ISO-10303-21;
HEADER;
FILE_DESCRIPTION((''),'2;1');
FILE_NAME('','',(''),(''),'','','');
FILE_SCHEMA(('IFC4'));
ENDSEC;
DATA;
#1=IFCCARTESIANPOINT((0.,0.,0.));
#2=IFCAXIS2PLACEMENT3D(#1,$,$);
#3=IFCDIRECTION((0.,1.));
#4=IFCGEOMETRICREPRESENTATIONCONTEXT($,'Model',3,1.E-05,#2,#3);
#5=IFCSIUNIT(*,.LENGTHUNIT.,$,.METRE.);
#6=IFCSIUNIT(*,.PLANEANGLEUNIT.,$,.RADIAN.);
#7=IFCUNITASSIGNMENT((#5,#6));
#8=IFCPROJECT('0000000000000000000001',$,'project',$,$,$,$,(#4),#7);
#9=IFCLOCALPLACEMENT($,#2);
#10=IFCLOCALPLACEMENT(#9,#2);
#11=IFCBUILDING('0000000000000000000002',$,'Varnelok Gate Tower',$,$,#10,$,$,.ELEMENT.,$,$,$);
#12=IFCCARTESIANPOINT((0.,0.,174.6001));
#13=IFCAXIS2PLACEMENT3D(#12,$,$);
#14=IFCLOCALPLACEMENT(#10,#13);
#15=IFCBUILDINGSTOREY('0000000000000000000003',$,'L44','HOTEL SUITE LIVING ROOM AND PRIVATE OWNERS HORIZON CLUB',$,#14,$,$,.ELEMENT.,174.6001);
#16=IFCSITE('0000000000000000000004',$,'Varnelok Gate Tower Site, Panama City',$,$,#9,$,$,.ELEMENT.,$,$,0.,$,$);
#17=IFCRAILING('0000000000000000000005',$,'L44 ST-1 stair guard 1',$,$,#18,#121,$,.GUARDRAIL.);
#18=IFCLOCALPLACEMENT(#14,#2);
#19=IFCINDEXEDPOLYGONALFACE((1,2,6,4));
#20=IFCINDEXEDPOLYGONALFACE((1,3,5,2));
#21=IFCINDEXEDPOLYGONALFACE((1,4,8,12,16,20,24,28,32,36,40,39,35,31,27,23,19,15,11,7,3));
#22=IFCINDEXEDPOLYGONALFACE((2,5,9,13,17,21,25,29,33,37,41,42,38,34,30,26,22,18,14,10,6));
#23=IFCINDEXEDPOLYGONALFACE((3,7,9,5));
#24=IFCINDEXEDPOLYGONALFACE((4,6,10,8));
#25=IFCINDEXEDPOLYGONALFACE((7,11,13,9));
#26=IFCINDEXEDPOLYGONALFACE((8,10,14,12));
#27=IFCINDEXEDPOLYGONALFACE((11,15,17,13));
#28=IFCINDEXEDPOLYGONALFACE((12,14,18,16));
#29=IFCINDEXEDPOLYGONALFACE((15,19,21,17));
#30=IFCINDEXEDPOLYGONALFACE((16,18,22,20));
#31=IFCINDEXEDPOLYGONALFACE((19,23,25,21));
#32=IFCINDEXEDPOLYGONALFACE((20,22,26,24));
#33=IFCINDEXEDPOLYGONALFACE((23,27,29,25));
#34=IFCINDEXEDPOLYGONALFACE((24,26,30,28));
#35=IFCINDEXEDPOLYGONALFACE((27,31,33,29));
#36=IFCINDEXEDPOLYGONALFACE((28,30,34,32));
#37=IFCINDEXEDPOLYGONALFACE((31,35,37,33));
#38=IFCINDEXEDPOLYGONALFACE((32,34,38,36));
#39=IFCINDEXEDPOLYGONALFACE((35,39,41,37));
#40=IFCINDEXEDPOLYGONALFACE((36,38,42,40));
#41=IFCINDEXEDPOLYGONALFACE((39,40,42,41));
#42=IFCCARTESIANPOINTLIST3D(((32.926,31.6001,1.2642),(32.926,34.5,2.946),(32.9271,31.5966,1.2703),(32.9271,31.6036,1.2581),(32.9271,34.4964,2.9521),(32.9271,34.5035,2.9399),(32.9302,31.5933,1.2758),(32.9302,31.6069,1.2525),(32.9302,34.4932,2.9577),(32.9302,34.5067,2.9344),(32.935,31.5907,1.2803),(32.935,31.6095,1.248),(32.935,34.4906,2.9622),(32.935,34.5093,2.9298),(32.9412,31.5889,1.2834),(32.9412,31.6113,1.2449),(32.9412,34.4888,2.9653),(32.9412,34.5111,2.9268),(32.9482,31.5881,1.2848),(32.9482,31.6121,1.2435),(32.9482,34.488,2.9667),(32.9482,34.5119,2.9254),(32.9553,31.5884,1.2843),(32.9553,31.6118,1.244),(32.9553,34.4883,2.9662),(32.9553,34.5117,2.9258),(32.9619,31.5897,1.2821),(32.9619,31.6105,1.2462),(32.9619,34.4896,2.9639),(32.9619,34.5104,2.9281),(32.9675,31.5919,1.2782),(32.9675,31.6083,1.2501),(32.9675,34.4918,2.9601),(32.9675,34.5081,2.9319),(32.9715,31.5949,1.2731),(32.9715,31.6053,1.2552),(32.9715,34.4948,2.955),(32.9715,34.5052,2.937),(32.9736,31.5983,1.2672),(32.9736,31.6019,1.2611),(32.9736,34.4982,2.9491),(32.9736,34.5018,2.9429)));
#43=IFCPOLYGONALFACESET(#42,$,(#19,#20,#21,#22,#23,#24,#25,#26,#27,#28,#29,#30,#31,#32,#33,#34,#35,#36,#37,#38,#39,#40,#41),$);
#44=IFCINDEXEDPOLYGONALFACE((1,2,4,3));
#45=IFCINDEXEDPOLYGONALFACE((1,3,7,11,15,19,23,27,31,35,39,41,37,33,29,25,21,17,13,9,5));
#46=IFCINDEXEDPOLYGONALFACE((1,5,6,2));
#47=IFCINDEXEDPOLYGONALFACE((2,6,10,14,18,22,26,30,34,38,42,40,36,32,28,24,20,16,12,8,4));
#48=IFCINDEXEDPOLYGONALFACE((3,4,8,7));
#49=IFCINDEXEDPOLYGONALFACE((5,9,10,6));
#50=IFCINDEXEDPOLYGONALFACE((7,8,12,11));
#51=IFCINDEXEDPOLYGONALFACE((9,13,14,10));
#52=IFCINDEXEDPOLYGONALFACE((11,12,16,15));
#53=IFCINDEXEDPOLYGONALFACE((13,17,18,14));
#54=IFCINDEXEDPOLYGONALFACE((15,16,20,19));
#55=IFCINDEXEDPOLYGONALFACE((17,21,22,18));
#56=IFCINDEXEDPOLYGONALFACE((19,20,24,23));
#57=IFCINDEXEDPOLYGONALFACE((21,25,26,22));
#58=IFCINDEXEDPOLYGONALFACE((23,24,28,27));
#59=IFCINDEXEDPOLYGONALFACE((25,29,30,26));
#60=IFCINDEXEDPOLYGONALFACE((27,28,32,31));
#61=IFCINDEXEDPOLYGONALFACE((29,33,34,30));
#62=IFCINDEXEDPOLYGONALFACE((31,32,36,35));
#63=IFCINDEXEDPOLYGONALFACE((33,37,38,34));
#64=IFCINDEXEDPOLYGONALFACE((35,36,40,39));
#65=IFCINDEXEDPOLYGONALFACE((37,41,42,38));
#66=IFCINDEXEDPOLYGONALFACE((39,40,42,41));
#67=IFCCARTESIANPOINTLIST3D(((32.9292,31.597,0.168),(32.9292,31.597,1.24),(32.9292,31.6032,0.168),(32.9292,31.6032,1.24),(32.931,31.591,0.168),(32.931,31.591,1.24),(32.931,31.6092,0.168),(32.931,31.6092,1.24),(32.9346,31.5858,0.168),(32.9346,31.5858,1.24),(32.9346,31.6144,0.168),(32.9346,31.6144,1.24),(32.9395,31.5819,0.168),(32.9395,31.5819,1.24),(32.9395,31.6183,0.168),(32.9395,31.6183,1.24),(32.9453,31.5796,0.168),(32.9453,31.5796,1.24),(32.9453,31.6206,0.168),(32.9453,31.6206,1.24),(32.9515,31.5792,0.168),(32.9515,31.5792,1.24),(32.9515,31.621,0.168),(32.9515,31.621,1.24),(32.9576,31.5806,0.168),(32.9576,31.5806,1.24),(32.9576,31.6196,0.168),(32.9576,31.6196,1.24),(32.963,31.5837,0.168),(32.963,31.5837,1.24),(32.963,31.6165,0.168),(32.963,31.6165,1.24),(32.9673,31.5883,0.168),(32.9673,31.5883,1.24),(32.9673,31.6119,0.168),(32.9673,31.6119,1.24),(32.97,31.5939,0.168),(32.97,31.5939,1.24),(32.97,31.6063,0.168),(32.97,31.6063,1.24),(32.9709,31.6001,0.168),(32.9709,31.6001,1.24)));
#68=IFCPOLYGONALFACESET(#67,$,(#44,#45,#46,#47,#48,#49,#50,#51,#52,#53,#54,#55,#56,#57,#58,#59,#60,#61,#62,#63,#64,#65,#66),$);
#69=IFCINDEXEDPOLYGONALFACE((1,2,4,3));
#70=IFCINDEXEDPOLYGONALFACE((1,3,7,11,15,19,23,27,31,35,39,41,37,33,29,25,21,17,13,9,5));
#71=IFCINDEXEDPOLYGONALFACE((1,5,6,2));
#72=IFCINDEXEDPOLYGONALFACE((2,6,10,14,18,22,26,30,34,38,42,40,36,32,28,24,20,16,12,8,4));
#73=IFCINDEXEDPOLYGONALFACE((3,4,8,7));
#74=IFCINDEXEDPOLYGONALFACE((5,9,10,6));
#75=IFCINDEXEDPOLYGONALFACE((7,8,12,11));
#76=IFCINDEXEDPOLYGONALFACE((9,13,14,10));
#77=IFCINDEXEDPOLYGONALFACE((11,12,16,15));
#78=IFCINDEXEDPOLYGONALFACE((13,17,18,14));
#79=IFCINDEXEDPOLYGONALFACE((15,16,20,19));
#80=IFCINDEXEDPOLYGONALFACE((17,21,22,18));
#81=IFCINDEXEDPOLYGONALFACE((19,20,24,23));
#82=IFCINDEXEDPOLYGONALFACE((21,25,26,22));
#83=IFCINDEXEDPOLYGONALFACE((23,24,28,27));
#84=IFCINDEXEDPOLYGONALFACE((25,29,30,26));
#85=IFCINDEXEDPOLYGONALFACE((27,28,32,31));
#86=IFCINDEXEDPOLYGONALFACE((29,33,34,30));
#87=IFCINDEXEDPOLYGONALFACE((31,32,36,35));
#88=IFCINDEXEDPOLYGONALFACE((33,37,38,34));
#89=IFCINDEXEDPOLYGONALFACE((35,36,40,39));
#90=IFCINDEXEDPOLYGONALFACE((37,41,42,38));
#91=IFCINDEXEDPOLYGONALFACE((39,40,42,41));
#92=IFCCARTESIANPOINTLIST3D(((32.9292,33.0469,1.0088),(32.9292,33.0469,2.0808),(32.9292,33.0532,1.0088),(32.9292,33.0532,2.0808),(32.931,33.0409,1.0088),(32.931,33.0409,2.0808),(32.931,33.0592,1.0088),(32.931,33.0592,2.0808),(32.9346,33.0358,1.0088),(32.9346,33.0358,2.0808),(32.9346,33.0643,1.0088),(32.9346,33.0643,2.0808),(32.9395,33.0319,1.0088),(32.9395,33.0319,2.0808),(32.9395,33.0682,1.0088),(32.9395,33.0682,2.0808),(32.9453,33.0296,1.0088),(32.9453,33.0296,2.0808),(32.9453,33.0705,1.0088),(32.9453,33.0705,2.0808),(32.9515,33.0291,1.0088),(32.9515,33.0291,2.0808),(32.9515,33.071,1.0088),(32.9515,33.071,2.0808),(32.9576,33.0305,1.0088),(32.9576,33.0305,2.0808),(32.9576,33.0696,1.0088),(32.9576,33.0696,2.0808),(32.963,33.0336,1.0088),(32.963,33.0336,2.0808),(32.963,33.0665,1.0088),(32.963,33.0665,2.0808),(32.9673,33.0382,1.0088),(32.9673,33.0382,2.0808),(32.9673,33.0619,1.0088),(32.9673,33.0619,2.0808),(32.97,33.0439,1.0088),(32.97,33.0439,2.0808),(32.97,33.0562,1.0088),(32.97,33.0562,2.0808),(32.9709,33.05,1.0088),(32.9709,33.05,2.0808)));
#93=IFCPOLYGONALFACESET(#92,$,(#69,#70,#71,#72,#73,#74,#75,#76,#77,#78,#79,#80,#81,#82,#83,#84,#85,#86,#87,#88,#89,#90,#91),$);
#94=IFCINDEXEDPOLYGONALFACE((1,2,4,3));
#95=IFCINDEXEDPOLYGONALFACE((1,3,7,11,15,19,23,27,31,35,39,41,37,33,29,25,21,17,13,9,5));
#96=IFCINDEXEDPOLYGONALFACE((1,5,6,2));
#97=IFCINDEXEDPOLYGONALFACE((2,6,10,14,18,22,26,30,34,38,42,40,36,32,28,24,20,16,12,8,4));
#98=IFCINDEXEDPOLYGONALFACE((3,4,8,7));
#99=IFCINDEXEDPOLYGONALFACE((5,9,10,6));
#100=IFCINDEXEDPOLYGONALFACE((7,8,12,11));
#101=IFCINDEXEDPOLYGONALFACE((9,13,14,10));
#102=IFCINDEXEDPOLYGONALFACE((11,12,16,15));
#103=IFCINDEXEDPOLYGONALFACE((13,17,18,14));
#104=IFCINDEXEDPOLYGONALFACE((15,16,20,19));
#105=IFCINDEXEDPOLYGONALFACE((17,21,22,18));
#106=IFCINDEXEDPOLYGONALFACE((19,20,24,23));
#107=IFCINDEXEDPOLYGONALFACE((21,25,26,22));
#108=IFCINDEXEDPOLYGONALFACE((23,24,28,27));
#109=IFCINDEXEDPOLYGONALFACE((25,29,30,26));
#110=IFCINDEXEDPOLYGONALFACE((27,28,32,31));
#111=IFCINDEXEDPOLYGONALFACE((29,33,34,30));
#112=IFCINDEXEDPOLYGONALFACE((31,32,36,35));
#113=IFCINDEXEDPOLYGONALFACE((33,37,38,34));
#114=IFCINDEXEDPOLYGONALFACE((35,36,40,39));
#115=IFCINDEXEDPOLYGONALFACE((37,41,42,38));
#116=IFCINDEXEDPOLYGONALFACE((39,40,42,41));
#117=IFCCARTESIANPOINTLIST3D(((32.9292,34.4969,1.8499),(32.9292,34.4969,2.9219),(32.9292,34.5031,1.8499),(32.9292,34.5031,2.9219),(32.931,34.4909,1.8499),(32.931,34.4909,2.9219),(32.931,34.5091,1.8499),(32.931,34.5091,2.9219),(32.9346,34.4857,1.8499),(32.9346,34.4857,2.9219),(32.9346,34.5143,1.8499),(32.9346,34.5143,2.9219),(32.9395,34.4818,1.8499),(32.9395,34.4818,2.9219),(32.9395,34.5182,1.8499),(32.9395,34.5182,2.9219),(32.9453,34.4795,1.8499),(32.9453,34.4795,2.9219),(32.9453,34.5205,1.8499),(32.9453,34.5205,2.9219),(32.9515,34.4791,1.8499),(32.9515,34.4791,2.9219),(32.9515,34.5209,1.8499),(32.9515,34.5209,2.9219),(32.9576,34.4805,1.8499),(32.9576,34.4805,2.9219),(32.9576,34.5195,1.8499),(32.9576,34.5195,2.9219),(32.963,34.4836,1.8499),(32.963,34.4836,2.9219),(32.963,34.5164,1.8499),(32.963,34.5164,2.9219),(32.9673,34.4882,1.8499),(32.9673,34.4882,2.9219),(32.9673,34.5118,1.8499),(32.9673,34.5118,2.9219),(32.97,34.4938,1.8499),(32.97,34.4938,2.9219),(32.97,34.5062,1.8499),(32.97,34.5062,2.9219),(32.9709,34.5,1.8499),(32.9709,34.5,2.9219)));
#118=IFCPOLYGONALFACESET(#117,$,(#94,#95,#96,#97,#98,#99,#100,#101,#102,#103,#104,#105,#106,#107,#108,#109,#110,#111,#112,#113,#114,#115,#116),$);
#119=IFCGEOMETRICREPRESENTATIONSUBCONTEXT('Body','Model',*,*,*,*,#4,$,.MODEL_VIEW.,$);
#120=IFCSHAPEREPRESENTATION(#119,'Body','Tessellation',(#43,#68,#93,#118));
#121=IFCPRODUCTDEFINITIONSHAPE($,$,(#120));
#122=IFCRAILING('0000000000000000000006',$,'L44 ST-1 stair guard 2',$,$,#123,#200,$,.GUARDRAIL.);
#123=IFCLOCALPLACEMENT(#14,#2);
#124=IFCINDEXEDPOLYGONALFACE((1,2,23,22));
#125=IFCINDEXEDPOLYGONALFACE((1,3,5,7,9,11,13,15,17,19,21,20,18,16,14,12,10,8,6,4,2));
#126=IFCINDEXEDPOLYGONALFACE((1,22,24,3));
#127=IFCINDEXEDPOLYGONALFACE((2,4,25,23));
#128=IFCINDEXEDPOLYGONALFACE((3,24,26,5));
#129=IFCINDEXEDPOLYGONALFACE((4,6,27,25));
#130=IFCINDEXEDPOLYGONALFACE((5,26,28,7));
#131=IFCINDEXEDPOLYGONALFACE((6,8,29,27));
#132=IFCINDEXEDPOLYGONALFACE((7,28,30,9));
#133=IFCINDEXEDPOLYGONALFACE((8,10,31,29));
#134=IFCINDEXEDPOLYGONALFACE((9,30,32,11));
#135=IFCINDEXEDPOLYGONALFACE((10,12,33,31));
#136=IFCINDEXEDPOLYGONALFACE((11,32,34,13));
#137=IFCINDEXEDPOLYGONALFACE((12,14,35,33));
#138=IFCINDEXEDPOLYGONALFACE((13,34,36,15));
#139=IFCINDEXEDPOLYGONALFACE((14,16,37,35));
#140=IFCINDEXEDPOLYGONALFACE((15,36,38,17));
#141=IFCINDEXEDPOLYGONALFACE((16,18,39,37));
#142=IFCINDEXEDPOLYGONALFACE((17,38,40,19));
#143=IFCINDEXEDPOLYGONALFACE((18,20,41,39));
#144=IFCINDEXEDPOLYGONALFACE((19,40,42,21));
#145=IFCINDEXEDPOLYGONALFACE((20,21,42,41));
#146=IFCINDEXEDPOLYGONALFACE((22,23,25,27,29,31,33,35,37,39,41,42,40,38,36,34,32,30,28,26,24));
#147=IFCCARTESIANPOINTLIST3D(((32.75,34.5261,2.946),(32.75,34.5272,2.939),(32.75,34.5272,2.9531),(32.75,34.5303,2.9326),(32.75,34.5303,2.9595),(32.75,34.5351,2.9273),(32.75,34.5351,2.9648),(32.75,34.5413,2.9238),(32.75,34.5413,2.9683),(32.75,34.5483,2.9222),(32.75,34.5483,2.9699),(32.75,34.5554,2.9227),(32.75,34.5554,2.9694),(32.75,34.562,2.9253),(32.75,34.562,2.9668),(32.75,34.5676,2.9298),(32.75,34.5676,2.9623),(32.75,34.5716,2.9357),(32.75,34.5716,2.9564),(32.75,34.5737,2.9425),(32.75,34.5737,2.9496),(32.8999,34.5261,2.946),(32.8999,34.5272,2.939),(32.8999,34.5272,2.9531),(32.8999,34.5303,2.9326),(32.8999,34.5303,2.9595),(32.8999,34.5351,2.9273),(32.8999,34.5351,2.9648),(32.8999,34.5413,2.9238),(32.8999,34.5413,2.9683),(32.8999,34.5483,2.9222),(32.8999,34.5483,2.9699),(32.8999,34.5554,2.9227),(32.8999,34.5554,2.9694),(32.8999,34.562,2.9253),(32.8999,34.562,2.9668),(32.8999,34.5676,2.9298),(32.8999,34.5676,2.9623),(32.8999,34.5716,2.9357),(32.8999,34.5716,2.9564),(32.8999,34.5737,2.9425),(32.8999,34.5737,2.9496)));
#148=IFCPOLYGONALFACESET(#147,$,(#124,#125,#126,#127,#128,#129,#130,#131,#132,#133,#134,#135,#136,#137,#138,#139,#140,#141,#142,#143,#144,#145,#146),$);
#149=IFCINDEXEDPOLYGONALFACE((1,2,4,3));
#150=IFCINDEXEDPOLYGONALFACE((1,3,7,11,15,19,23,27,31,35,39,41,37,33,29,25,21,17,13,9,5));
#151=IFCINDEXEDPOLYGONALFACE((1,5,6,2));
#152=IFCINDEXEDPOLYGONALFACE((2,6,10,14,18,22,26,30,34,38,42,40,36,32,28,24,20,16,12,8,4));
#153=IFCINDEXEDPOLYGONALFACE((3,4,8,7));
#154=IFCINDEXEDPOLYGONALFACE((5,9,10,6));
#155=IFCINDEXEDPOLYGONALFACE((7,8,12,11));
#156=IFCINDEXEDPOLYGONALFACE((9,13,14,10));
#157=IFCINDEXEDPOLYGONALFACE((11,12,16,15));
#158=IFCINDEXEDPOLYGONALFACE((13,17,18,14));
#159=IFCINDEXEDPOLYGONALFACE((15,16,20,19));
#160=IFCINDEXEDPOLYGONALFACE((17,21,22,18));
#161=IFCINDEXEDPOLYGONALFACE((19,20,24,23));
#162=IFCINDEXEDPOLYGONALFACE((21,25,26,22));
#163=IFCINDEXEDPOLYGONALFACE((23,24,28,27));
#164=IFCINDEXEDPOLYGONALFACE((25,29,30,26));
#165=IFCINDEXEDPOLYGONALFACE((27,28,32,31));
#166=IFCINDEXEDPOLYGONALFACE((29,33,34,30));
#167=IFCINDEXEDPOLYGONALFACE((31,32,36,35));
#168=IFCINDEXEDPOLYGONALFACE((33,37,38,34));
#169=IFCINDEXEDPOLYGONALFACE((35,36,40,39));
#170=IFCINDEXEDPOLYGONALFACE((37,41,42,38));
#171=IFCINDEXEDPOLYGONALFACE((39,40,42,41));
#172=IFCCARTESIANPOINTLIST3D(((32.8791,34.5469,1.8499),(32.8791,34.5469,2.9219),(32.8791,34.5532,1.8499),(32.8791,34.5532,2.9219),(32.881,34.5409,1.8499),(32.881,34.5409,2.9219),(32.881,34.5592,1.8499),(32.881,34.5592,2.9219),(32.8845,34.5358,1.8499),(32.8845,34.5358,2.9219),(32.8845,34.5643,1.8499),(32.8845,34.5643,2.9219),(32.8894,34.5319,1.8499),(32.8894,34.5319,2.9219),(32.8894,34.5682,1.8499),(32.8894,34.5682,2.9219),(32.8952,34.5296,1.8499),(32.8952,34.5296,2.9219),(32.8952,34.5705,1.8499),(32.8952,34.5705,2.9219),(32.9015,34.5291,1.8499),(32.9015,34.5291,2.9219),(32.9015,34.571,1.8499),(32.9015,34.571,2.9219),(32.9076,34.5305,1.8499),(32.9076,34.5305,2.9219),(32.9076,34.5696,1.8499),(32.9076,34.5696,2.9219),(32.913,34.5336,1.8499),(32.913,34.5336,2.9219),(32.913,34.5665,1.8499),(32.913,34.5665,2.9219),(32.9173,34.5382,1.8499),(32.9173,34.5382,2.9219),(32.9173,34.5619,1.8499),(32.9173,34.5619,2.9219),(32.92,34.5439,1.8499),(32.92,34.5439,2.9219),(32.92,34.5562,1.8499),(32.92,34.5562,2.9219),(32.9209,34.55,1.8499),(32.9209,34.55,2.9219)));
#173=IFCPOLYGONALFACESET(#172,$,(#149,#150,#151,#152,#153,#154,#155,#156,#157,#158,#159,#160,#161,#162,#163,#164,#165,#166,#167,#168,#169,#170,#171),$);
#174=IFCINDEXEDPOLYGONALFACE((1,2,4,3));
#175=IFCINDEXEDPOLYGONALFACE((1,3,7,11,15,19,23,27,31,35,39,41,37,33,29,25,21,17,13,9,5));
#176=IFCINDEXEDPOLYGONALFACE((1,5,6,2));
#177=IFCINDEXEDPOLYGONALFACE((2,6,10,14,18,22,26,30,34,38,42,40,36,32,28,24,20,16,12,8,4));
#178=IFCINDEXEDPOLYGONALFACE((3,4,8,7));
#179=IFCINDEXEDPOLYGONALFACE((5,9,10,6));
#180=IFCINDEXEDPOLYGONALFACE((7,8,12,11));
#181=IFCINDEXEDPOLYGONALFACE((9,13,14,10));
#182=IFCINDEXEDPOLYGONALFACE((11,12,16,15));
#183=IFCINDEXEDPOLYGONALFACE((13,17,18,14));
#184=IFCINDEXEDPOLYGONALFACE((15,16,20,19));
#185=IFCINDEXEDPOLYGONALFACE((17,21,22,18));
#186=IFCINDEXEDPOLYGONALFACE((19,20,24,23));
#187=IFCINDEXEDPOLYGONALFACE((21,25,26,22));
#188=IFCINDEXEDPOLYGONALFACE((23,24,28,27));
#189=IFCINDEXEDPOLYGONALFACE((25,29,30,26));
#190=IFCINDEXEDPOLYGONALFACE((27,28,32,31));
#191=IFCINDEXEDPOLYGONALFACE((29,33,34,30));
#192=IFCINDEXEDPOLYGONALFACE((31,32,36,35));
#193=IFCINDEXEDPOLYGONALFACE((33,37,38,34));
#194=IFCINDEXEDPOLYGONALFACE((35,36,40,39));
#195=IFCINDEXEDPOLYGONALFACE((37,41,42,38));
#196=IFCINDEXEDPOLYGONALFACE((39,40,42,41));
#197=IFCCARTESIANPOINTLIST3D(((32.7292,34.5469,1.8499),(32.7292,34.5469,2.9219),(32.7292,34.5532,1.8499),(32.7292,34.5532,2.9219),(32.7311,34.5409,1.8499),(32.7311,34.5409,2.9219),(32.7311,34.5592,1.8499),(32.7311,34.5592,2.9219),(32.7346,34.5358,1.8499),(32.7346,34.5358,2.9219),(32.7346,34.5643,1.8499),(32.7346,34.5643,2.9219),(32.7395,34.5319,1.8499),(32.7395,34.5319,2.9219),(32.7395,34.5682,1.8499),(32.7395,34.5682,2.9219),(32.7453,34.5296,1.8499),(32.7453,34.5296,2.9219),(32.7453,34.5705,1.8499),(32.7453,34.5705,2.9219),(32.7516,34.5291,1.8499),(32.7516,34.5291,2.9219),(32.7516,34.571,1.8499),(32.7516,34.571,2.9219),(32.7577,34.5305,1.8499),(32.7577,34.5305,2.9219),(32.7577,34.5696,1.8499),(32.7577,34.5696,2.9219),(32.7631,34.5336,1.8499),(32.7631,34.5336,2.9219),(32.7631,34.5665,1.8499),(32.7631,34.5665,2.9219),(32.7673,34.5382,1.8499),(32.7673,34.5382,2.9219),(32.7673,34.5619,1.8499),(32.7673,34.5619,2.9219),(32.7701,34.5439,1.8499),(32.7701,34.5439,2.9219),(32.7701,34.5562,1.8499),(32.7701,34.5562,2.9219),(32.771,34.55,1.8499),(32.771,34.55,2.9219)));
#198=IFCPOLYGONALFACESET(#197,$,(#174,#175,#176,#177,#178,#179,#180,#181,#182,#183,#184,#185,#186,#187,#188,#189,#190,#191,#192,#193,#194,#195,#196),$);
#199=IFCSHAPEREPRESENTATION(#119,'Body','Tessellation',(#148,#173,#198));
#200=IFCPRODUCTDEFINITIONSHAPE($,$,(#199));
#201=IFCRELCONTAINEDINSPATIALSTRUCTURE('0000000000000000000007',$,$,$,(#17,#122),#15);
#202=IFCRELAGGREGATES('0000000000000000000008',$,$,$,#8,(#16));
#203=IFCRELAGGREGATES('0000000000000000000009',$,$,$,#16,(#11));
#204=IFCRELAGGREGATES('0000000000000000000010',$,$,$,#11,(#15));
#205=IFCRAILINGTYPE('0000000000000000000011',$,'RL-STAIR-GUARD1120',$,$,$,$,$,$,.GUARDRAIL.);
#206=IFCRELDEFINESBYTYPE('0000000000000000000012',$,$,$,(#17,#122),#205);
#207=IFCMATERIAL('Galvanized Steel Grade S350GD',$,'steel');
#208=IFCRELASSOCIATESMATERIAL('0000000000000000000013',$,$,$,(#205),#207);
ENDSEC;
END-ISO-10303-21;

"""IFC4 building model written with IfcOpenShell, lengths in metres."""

from ifc_helpers import new_model, si_unit, direction, frame, origin, origin_2d, place, context, subcontext, project, spatial, circle, extrude, material, type_object, element, save


model = new_model("IFC4")

# Units and contexts
model_context = context("Model", 3, precision=1e-05, world=origin(), true_north=direction((0.0, 1.0)))
body_context = subcontext(model_context, "Body", "Model", "MODEL_VIEW")
ifc_project = project(units=[si_unit("LENGTHUNIT", "METRE"), si_unit("PLANEANGLEUNIT", "RADIAN")], contexts=[model_context])

# Site, building, storey
site_placement = place(None, origin())
site = spatial("IfcSite", under=ifc_project, at=site_placement, Name="Varnelok Gate Tower Site, Panama City", CompositionType="ELEMENT", RefElevation=0.0)
building_placement = place(site_placement, origin())
building = spatial("IfcBuilding", under=site, at=building_placement, Name="Varnelok Gate Tower", CompositionType="ELEMENT")
storey_placement = place(building_placement, frame((0.0, 0.0, 174.6001)))
storey = spatial("IfcBuildingStorey", under=building, at=storey_placement, Name="L44", Description="HOTEL SUITE LIVING ROOM AND PRIVATE OWNERS HORIZON CLUB", CompositionType="ELEMENT", Elevation=174.6001)

# Shared definitions
ifc_material_1 = material(Name="Galvanized Steel Grade S350GD", Category="steel")

# Railings
railing_type_1 = type_object("IfcRailingType", Name="RL-STAIR-GUARD1120", PredefinedType="GUARDRAIL", material=ifc_material_1)
railing_1_placement = place(storey_placement, frame((32.95, 31.6001, 0.168)))
element("IfcRailing", 1, at=railing_1_placement, inside=storey, type_object=railing_type_1, Name="L44 ST-1 stair guard 1", PredefinedType="GUARDRAIL", context=body_context, shape_type="SweptSolid", body=[
    extrude(circle(Radius=0.0239, at=origin_2d()), frame((0.0, 0.0, 1.0962), z_axis=(0.0, 0.865039, 0.501705), x_axis=(-1.0, 0.0, 0.0)), (0.0, 0.0, 1.0), 3.3523),
    extrude(circle(Radius=0.021, at=origin_2d()), origin(), (0.0, 0.0, 1.0), 1.072),
    extrude(circle(Radius=0.021, at=origin_2d()), frame((0.0, 1.45, 0.8408)), (0.0, 0.0, 1.0), 1.072),
    extrude(circle(Radius=0.021, at=origin_2d()), frame((0.0, 2.8999, 1.6819)), (0.0, 0.0, 1.0), 1.072),
])
railing_2_placement = place(storey_placement, frame((32.8999, 34.55, 1.8499)))
element("IfcRailing", 2, at=railing_2_placement, inside=storey, type_object=railing_type_1, Name="L44 ST-1 stair guard 2", PredefinedType="GUARDRAIL", context=body_context, shape_type="SweptSolid", body=[
    extrude(circle(Radius=0.0239, at=origin_2d()), frame((0.0, 0.0, 1.0962), z_axis=(-1.0, 0.0, 0.0), x_axis=(0.0, -1.0, 0.0)), (0.0, 0.0, 1.0), 0.1499),
    extrude(circle(Radius=0.021, at=origin_2d()), origin(), (0.0, 0.0, 1.0), 1.072),
    extrude(circle(Radius=0.021, at=origin_2d()), frame((-0.1499, 0.0, 0.0)), (0.0, 0.0, 1.0), 1.072),
])

save(model, "model.ifc")
